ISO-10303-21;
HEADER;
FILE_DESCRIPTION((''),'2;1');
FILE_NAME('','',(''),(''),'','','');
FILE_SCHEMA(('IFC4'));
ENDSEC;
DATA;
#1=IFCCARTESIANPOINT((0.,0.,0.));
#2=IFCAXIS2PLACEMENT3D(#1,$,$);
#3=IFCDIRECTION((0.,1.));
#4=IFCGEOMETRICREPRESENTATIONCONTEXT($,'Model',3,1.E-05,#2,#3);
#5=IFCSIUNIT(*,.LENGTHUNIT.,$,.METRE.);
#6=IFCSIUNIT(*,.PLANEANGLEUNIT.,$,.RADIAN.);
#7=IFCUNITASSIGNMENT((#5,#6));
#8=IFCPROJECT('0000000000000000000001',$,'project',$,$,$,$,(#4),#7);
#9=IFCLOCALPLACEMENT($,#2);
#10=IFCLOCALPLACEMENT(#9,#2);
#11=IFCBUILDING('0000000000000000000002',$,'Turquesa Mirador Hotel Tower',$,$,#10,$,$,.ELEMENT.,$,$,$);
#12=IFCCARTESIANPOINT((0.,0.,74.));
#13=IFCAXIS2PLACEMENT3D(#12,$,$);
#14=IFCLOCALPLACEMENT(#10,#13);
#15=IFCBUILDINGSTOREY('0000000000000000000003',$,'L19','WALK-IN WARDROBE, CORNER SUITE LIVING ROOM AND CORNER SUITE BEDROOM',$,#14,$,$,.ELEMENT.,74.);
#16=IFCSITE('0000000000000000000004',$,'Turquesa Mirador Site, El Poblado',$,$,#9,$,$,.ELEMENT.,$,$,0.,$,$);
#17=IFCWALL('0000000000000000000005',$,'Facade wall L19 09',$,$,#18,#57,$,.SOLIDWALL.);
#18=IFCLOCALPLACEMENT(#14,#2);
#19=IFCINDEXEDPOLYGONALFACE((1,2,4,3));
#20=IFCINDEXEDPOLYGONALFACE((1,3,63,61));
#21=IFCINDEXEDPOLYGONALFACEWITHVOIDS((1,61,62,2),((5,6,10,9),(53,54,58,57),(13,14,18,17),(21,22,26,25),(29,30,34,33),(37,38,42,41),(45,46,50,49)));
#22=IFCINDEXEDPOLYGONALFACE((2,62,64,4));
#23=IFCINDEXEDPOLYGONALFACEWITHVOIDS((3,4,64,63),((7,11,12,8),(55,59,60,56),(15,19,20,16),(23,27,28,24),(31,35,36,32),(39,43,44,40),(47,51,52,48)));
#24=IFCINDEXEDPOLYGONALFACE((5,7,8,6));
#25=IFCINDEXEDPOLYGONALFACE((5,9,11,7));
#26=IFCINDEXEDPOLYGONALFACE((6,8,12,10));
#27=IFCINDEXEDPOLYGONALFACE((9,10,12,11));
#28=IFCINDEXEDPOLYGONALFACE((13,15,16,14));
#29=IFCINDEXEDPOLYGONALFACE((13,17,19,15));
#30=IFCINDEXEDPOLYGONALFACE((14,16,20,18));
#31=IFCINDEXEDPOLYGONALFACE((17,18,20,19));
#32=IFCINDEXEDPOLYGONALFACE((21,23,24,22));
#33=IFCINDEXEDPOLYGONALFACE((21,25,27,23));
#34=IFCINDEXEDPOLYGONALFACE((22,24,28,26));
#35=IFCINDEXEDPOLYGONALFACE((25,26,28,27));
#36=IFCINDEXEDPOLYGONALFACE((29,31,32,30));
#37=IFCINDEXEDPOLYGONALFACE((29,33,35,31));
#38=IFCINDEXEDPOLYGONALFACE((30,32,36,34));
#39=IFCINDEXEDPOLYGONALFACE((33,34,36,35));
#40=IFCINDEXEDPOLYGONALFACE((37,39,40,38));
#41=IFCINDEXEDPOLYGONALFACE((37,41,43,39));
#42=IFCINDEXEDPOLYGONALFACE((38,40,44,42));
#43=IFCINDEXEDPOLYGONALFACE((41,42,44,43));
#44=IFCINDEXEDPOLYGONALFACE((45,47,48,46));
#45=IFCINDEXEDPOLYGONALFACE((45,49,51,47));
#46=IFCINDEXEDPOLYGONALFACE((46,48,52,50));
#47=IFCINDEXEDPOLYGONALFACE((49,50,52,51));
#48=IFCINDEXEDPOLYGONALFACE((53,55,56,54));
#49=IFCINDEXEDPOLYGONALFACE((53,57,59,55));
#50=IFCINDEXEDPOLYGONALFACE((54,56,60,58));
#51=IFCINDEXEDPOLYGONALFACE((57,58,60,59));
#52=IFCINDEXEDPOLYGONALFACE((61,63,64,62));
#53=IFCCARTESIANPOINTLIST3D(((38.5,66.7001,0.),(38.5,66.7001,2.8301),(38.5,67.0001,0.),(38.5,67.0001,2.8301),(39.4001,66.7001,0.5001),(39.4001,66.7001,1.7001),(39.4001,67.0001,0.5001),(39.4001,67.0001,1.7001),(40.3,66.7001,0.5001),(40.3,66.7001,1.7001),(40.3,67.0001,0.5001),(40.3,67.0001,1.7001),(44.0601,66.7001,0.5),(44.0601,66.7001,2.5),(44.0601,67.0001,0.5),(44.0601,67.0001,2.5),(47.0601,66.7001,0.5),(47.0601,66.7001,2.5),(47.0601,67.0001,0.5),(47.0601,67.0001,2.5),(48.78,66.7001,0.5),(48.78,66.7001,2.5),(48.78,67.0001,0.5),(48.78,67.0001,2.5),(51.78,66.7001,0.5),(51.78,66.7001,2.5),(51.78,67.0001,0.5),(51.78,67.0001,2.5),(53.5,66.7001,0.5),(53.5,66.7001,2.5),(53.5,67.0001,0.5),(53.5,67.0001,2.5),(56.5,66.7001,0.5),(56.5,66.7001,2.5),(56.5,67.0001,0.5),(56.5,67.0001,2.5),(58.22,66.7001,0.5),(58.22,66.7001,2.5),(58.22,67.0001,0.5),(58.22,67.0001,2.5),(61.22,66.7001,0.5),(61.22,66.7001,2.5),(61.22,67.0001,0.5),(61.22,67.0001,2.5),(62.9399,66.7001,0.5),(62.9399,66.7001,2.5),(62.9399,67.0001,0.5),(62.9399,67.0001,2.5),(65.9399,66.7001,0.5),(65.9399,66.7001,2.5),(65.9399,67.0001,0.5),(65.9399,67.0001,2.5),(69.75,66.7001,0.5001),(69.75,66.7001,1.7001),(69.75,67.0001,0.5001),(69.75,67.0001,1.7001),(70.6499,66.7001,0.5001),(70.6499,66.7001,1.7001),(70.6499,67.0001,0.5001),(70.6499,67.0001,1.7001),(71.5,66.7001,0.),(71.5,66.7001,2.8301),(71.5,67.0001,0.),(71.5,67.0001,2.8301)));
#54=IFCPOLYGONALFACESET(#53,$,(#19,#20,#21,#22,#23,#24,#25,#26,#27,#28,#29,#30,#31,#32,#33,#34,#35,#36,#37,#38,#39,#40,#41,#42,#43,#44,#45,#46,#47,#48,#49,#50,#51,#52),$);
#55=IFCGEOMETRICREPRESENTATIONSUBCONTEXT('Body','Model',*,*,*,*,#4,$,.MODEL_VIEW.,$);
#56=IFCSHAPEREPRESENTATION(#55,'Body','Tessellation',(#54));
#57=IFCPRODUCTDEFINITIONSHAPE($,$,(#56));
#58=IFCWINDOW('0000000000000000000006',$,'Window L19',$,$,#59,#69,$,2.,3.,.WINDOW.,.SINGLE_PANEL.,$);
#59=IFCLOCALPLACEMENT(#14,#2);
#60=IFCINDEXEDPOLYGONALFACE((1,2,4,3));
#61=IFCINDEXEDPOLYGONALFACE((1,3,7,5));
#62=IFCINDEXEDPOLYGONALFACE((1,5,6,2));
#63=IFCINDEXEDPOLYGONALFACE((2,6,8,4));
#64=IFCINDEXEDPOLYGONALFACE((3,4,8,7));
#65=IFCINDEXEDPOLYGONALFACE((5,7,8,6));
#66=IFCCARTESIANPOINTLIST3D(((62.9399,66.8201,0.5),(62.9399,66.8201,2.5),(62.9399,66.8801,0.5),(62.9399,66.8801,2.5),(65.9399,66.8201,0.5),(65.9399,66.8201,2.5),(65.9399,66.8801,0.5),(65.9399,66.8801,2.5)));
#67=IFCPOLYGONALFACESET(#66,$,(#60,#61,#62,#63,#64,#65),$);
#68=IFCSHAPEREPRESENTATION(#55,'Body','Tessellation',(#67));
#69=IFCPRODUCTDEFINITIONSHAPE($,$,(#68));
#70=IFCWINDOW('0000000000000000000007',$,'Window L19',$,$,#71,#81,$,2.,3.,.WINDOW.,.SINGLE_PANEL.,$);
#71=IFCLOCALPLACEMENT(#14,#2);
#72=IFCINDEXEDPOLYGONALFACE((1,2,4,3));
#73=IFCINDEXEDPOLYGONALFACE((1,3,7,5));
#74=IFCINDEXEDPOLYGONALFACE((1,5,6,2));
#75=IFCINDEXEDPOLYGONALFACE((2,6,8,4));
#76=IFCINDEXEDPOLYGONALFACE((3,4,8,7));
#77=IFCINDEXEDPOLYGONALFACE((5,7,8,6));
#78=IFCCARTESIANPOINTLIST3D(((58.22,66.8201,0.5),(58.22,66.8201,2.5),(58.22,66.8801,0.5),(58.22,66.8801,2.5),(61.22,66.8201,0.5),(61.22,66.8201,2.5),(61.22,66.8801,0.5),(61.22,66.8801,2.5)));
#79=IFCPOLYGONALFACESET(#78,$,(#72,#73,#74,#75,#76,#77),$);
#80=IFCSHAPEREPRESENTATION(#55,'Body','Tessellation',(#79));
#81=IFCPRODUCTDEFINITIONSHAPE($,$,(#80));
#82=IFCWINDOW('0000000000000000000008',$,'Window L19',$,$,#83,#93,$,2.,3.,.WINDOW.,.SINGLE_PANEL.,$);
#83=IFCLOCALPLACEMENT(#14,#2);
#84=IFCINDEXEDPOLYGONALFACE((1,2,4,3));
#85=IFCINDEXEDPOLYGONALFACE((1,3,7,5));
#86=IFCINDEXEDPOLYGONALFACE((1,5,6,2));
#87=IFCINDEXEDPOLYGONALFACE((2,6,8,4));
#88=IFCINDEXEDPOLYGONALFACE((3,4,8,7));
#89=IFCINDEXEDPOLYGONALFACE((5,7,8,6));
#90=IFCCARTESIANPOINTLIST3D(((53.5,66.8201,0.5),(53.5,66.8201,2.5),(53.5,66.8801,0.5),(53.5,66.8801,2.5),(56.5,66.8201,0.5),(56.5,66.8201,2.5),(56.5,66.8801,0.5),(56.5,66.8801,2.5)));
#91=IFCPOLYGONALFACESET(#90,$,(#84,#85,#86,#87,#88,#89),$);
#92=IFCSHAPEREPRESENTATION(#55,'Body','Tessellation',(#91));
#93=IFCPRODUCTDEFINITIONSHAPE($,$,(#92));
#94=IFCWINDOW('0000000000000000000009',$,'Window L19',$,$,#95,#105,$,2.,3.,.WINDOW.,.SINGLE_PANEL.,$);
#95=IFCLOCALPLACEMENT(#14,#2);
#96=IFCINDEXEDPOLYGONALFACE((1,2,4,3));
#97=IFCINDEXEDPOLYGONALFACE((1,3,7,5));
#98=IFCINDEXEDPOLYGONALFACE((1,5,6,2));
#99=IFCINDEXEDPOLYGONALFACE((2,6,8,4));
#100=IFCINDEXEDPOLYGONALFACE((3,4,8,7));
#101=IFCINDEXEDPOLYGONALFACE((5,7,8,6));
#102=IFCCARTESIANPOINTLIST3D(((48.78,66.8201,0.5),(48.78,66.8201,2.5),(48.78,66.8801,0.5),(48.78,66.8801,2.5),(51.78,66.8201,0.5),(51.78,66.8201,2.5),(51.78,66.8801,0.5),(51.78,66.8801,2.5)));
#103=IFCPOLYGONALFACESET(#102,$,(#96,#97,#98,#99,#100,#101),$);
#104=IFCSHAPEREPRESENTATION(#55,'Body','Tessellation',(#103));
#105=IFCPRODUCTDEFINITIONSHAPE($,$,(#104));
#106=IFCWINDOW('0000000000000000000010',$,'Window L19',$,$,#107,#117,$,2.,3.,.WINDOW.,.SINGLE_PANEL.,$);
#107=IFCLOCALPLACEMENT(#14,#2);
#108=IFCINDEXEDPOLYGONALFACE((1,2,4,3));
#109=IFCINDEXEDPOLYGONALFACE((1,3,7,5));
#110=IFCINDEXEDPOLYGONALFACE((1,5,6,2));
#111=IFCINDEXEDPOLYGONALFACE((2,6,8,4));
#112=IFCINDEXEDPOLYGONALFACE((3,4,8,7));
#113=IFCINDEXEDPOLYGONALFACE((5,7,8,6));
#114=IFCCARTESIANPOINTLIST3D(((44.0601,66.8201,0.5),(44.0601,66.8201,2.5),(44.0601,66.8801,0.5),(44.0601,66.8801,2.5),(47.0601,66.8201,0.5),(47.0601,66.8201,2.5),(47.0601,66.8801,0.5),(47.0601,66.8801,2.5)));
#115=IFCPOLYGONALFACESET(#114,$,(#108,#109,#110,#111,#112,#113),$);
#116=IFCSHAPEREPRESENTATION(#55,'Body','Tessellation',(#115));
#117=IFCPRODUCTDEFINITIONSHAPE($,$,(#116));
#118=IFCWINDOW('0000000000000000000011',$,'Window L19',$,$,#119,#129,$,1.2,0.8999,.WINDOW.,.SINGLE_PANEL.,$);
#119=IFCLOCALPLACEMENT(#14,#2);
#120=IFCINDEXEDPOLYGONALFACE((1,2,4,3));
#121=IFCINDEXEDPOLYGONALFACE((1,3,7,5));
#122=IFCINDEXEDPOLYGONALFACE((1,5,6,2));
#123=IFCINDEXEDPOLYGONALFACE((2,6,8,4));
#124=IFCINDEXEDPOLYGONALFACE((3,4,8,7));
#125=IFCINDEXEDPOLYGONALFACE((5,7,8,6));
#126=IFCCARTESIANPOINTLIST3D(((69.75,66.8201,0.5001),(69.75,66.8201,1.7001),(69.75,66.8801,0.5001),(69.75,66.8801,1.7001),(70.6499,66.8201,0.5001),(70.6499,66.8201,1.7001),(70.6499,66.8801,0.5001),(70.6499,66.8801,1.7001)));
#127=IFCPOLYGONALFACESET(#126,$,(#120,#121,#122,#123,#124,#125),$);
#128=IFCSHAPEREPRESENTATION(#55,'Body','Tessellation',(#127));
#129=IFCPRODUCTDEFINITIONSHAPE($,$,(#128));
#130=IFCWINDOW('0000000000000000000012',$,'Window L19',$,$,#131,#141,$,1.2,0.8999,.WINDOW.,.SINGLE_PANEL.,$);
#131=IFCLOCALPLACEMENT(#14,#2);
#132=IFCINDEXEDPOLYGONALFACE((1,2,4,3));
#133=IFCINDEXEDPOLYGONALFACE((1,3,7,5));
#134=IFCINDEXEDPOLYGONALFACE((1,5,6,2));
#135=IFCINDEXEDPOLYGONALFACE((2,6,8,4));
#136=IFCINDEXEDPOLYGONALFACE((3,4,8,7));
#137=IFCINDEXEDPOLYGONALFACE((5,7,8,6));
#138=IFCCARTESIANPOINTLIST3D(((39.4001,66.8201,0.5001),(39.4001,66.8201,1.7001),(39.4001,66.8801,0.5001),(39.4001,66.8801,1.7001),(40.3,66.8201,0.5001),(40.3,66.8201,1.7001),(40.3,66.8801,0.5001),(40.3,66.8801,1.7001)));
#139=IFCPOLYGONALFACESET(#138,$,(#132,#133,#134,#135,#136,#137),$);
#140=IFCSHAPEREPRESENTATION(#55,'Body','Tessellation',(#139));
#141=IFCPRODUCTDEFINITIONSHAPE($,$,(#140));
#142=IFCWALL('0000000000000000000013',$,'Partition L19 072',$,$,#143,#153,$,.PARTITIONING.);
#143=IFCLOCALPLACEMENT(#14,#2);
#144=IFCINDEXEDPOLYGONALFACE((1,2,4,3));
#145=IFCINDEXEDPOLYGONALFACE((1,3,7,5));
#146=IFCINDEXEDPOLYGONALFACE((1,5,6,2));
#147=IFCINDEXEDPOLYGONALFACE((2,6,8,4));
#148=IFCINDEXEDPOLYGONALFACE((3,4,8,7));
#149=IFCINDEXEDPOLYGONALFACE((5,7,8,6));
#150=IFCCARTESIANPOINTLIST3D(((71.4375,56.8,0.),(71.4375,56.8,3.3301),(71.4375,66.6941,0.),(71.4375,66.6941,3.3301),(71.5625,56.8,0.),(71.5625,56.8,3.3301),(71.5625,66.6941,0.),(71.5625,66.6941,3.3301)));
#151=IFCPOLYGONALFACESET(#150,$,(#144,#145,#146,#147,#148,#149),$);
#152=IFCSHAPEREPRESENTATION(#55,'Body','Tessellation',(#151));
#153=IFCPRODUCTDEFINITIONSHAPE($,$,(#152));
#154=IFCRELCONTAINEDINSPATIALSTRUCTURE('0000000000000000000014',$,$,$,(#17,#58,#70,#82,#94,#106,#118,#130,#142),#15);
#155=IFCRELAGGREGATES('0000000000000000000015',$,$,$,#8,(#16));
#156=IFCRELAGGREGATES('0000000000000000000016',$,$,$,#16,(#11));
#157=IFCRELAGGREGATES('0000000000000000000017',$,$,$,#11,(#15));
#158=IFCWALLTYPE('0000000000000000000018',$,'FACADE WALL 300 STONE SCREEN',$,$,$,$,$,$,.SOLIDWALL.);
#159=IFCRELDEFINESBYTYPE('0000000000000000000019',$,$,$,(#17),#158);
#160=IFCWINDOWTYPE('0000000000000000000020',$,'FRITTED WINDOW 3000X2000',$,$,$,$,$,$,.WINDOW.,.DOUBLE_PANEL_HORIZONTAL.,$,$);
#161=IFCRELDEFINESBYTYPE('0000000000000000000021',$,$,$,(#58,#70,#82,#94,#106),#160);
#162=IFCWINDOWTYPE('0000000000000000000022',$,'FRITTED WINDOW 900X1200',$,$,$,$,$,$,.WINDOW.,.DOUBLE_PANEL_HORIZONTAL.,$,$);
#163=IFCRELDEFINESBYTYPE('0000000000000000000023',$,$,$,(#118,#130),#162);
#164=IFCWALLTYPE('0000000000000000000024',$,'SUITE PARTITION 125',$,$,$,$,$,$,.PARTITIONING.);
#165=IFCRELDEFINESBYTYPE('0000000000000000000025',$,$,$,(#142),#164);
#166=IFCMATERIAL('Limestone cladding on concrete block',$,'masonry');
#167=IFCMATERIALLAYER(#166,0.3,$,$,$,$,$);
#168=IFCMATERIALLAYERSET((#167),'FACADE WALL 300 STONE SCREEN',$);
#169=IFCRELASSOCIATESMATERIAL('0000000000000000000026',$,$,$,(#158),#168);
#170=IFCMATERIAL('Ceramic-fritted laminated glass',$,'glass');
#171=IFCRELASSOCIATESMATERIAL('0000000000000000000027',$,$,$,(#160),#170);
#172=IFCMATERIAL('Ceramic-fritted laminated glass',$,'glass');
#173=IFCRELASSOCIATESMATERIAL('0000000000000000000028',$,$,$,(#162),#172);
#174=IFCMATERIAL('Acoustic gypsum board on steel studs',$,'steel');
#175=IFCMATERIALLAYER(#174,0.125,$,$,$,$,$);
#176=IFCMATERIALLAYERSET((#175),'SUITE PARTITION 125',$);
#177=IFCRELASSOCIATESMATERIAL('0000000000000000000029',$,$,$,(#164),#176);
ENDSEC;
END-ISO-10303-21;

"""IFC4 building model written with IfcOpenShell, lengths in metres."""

from ifc_helpers import new_model, si_unit, direction, frame, frame_2d, origin, place, context, subcontext, project, spatial, rectangle, extrude, material, layer, layer_set, type_object, element, fill, save


model = new_model("IFC4")

# Units and contexts
model_context = context("Model", 3, precision=1e-05, world=origin(), true_north=direction((0.0, 1.0)))
body_context = subcontext(model_context, "Body", "Model", "MODEL_VIEW")
ifc_project = project(units=[si_unit("LENGTHUNIT", "METRE"), si_unit("PLANEANGLEUNIT", "RADIAN")], contexts=[model_context])

# Site, building, storey
site_placement = place(None, origin())
site = spatial("IfcSite", under=ifc_project, at=site_placement, Name="Turquesa Mirador Site, El Poblado", CompositionType="ELEMENT", RefElevation=0.0)
building_placement = place(site_placement, origin())
building = spatial("IfcBuilding", under=site, at=building_placement, Name="Turquesa Mirador Hotel Tower", CompositionType="ELEMENT")
storey_placement = place(building_placement, frame((0.0, 0.0, 74.0)))
storey = spatial("IfcBuildingStorey", under=building, at=storey_placement, Name="L19", Description="WALK-IN WARDROBE, CORNER SUITE LIVING ROOM AND CORNER SUITE BEDROOM", CompositionType="ELEMENT", Elevation=74.0)

# Shared definitions
ifc_material_1 = material(Name="Limestone cladding on concrete block", Category="masonry")
ifc_layer_1 = layer(ifc_material_1, 0.3)
ifc_layer_set_1 = layer_set([ifc_layer_1], Name="FACADE WALL 300 STONE SCREEN")
wall_type_1 = type_object("IfcWallType", Name="FACADE WALL 300 STONE SCREEN", PredefinedType="SOLIDWALL", material=ifc_layer_set_1)

# Wall, openings, windows
wall_1_placement = place(storey_placement, frame((71.5, 66.8501, 0.0), z_axis=(0.0, 0.0, 1.0), x_axis=(-1.0, 0.0, 0.0)))
wall_1 = element("IfcWall", 1, at=wall_1_placement, inside=storey, type_object=wall_type_1, Name="Facade wall L19 09", PredefinedType="SOLIDWALL", context=body_context, shape_type="SweptSolid", body=[
    extrude(rectangle(XDim=33.0, YDim=0.3, at=frame_2d((16.5, 0.0))), origin(), (0.0, 0.0, 1.0), 2.8301),
])
opening_1_placement = place(wall_1_placement, frame((0.8501, 0.0, 0.5)))
opening_1 = element("IfcOpeningElement", 2, at=opening_1_placement, cuts=wall_1, PredefinedType="OPENING", context=body_context, shape_type="SweptSolid", body=[
    extrude(rectangle(XDim=0.8999, YDim=1.2, at=frame_2d((0.45, 0.6001))), frame((0.0, 0.1599, 0.0), z_axis=(0.0, -1.0, 0.0), x_axis=(1.0, 0.0, 0.0)), (0.0, 0.0, 1.0), 0.3201),
])
opening_2_placement = place(wall_1_placement, frame((5.5601, 0.0, 0.5)))
opening_2 = element("IfcOpeningElement", 3, at=opening_2_placement, cuts=wall_1, PredefinedType="OPENING", context=body_context, shape_type="SweptSolid", body=[
    extrude(rectangle(XDim=3.0, YDim=2.0, at=frame_2d((1.5, 1.0))), frame((0.0, 0.1599, 0.0), z_axis=(0.0, -1.0, 0.0), x_axis=(1.0, 0.0, 0.0)), (0.0, 0.0, 1.0), 0.3201),
])
opening_3_placement = place(wall_1_placement, frame((10.28, 0.0, 0.5)))
opening_3 = element("IfcOpeningElement", 4, at=opening_3_placement, cuts=wall_1, PredefinedType="OPENING", context=body_context, shape_type="SweptSolid", body=[
    extrude(rectangle(XDim=3.0, YDim=2.0, at=frame_2d((1.5, 1.0))), frame((0.0, 0.1599, 0.0), z_axis=(0.0, -1.0, 0.0), x_axis=(1.0, 0.0, 0.0)), (0.0, 0.0, 1.0), 0.3201),
])
opening_4_placement = place(wall_1_placement, frame((15.0, 0.0, 0.5)))
opening_4 = element("IfcOpeningElement", 5, at=opening_4_placement, cuts=wall_1, PredefinedType="OPENING", context=body_context, shape_type="SweptSolid", body=[
    extrude(rectangle(XDim=3.0, YDim=2.0, at=frame_2d((1.5, 1.0))), frame((0.0, 0.1599, 0.0), z_axis=(0.0, -1.0, 0.0), x_axis=(1.0, 0.0, 0.0)), (0.0, 0.0, 1.0), 0.3201),
])
opening_5_placement = place(wall_1_placement, frame((19.72, 0.0, 0.5)))
opening_5 = element("IfcOpeningElement", 6, at=opening_5_placement, cuts=wall_1, PredefinedType="OPENING", context=body_context, shape_type="SweptSolid", body=[
    extrude(rectangle(XDim=3.0, YDim=2.0, at=frame_2d((1.5, 1.0))), frame((0.0, 0.1599, 0.0), z_axis=(0.0, -1.0, 0.0), x_axis=(1.0, 0.0, 0.0)), (0.0, 0.0, 1.0), 0.3201),
])
opening_6_placement = place(wall_1_placement, frame((24.4399, 0.0, 0.5)))
opening_6 = element("IfcOpeningElement", 7, at=opening_6_placement, cuts=wall_1, PredefinedType="OPENING", context=body_context, shape_type="SweptSolid", body=[
    extrude(rectangle(XDim=3.0, YDim=2.0, at=frame_2d((1.5, 1.0))), frame((0.0, 0.1599, 0.0), z_axis=(0.0, -1.0, 0.0), x_axis=(1.0, 0.0, 0.0)), (0.0, 0.0, 1.0), 0.3201),
])
opening_7_placement = place(wall_1_placement, frame((31.2, 0.0, 0.5)))
opening_7 = element("IfcOpeningElement", 8, at=opening_7_placement, cuts=wall_1, PredefinedType="OPENING", context=body_context, shape_type="SweptSolid", body=[
    extrude(rectangle(XDim=0.8999, YDim=1.2, at=frame_2d((0.45, 0.6001))), frame((0.0, 0.1599, 0.0), z_axis=(0.0, -1.0, 0.0), x_axis=(1.0, 0.0, 0.0)), (0.0, 0.0, 1.0), 0.3201),
])
ifc_material_2 = material(Name="Ceramic-fritted laminated glass", Category="glass")
window_type_1 = type_object("IfcWindowType", Name="FRITTED WINDOW 3000X2000", PartitioningType="DOUBLE_PANEL_HORIZONTAL", PredefinedType="WINDOW", material=ifc_material_2)
window_1_placement = place(opening_2_placement, origin())
window_1 = element("IfcWindow", 9, at=window_1_placement, inside=storey, type_object=window_type_1, Name="Window L19", OverallHeight=2.0, OverallWidth=3.0, PartitioningType="SINGLE_PANEL", PredefinedType="WINDOW", context=body_context, shape_type="SweptSolid", body=[
    extrude(rectangle(XDim=3.0, YDim=2.0, at=frame_2d((1.5, 1.0))), frame((0.0, 0.03, 0.0), z_axis=(0.0, -1.0, 0.0), x_axis=(1.0, 0.0, 0.0)), (0.0, 0.0, 1.0), 0.0601),
])
fill(opening_2, window_1)
window_2_placement = place(opening_3_placement, origin())
window_2 = element("IfcWindow", 10, at=window_2_placement, inside=storey, type_object=window_type_1, Name="Window L19", OverallHeight=2.0, OverallWidth=3.0, PartitioningType="SINGLE_PANEL", PredefinedType="WINDOW", context=body_context, shape_type="SweptSolid", body=[
    extrude(rectangle(XDim=3.0, YDim=2.0, at=frame_2d((1.5, 1.0))), frame((0.0, 0.03, 0.0), z_axis=(0.0, -1.0, 0.0), x_axis=(1.0, 0.0, 0.0)), (0.0, 0.0, 1.0), 0.0601),
])
fill(opening_3, window_2)
window_3_placement = place(opening_4_placement, origin())
window_3 = element("IfcWindow", 11, at=window_3_placement, inside=storey, type_object=window_type_1, Name="Window L19", OverallHeight=2.0, OverallWidth=3.0, PartitioningType="SINGLE_PANEL", PredefinedType="WINDOW", context=body_context, shape_type="SweptSolid", body=[
    extrude(rectangle(XDim=3.0, YDim=2.0, at=frame_2d((1.5, 1.0))), frame((0.0, 0.03, 0.0), z_axis=(0.0, -1.0, 0.0), x_axis=(1.0, 0.0, 0.0)), (0.0, 0.0, 1.0), 0.0601),
])
fill(opening_4, window_3)
window_4_placement = place(opening_5_placement, origin())
window_4 = element("IfcWindow", 12, at=window_4_placement, inside=storey, type_object=window_type_1, Name="Window L19", OverallHeight=2.0, OverallWidth=3.0, PartitioningType="SINGLE_PANEL", PredefinedType="WINDOW", context=body_context, shape_type="SweptSolid", body=[
    extrude(rectangle(XDim=3.0, YDim=2.0, at=frame_2d((1.5, 1.0))), frame((0.0, 0.03, 0.0), z_axis=(0.0, -1.0, 0.0), x_axis=(1.0, 0.0, 0.0)), (0.0, 0.0, 1.0), 0.0601),
])
fill(opening_5, window_4)
window_5_placement = place(opening_6_placement, origin())
window_5 = element("IfcWindow", 13, at=window_5_placement, inside=storey, type_object=window_type_1, Name="Window L19", OverallHeight=2.0, OverallWidth=3.0, PartitioningType="SINGLE_PANEL", PredefinedType="WINDOW", context=body_context, shape_type="SweptSolid", body=[
    extrude(rectangle(XDim=3.0, YDim=2.0, at=frame_2d((1.5, 1.0))), frame((0.0, 0.03, 0.0), z_axis=(0.0, -1.0, 0.0), x_axis=(1.0, 0.0, 0.0)), (0.0, 0.0, 1.0), 0.0601),
])
fill(opening_6, window_5)
ifc_material_3 = material(Name="Ceramic-fritted laminated glass", Category="glass")
window_type_2 = type_object("IfcWindowType", Name="FRITTED WINDOW 900X1200", PartitioningType="DOUBLE_PANEL_HORIZONTAL", PredefinedType="WINDOW", material=ifc_material_3)
window_6_placement = place(opening_1_placement, origin())
window_6 = element("IfcWindow", 14, at=window_6_placement, inside=storey, type_object=window_type_2, Name="Window L19", OverallHeight=1.2, OverallWidth=0.8999, PartitioningType="SINGLE_PANEL", PredefinedType="WINDOW", context=body_context, shape_type="SweptSolid", body=[
    extrude(rectangle(XDim=0.8999, YDim=1.2, at=frame_2d((0.45, 0.6001))), frame((0.0, 0.03, 0.0), z_axis=(0.0, -1.0, 0.0), x_axis=(1.0, 0.0, 0.0)), (0.0, 0.0, 1.0), 0.0601),
])
fill(opening_1, window_6)
window_7_placement = place(opening_7_placement, origin())
window_7 = element("IfcWindow", 15, at=window_7_placement, inside=storey, type_object=window_type_2, Name="Window L19", OverallHeight=1.2, OverallWidth=0.8999, PartitioningType="SINGLE_PANEL", PredefinedType="WINDOW", context=body_context, shape_type="SweptSolid", body=[
    extrude(rectangle(XDim=0.8999, YDim=1.2, at=frame_2d((0.45, 0.6001))), frame((0.0, 0.03, 0.0), z_axis=(0.0, -1.0, 0.0), x_axis=(1.0, 0.0, 0.0)), (0.0, 0.0, 1.0), 0.0601),
])
fill(opening_7, window_7)

# Wall
ifc_material_4 = material(Name="Acoustic gypsum board on steel studs", Category="steel")
ifc_layer_2 = layer(ifc_material_4, 0.125)
ifc_layer_set_2 = layer_set([ifc_layer_2], Name="SUITE PARTITION 125")
wall_type_2 = type_object("IfcWallType", Name="SUITE PARTITION 125", PredefinedType="PARTITIONING", material=ifc_layer_set_2)
wall_2_placement = place(storey_placement, frame((71.5, 56.8, 0.0), z_axis=(0.0, 0.0, 1.0), x_axis=(0.0, 1.0, 0.0)))
element("IfcWall", 16, at=wall_2_placement, inside=storey, type_object=wall_type_2, Name="Partition L19 072", PredefinedType="PARTITIONING", context=body_context, shape_type="SweptSolid", body=[
    extrude(rectangle(XDim=9.894, YDim=0.125, at=frame_2d((4.947, 0.0))), origin(), (0.0, 0.0, 1.0), 3.3301),
])

save(model, "model.ifc")
